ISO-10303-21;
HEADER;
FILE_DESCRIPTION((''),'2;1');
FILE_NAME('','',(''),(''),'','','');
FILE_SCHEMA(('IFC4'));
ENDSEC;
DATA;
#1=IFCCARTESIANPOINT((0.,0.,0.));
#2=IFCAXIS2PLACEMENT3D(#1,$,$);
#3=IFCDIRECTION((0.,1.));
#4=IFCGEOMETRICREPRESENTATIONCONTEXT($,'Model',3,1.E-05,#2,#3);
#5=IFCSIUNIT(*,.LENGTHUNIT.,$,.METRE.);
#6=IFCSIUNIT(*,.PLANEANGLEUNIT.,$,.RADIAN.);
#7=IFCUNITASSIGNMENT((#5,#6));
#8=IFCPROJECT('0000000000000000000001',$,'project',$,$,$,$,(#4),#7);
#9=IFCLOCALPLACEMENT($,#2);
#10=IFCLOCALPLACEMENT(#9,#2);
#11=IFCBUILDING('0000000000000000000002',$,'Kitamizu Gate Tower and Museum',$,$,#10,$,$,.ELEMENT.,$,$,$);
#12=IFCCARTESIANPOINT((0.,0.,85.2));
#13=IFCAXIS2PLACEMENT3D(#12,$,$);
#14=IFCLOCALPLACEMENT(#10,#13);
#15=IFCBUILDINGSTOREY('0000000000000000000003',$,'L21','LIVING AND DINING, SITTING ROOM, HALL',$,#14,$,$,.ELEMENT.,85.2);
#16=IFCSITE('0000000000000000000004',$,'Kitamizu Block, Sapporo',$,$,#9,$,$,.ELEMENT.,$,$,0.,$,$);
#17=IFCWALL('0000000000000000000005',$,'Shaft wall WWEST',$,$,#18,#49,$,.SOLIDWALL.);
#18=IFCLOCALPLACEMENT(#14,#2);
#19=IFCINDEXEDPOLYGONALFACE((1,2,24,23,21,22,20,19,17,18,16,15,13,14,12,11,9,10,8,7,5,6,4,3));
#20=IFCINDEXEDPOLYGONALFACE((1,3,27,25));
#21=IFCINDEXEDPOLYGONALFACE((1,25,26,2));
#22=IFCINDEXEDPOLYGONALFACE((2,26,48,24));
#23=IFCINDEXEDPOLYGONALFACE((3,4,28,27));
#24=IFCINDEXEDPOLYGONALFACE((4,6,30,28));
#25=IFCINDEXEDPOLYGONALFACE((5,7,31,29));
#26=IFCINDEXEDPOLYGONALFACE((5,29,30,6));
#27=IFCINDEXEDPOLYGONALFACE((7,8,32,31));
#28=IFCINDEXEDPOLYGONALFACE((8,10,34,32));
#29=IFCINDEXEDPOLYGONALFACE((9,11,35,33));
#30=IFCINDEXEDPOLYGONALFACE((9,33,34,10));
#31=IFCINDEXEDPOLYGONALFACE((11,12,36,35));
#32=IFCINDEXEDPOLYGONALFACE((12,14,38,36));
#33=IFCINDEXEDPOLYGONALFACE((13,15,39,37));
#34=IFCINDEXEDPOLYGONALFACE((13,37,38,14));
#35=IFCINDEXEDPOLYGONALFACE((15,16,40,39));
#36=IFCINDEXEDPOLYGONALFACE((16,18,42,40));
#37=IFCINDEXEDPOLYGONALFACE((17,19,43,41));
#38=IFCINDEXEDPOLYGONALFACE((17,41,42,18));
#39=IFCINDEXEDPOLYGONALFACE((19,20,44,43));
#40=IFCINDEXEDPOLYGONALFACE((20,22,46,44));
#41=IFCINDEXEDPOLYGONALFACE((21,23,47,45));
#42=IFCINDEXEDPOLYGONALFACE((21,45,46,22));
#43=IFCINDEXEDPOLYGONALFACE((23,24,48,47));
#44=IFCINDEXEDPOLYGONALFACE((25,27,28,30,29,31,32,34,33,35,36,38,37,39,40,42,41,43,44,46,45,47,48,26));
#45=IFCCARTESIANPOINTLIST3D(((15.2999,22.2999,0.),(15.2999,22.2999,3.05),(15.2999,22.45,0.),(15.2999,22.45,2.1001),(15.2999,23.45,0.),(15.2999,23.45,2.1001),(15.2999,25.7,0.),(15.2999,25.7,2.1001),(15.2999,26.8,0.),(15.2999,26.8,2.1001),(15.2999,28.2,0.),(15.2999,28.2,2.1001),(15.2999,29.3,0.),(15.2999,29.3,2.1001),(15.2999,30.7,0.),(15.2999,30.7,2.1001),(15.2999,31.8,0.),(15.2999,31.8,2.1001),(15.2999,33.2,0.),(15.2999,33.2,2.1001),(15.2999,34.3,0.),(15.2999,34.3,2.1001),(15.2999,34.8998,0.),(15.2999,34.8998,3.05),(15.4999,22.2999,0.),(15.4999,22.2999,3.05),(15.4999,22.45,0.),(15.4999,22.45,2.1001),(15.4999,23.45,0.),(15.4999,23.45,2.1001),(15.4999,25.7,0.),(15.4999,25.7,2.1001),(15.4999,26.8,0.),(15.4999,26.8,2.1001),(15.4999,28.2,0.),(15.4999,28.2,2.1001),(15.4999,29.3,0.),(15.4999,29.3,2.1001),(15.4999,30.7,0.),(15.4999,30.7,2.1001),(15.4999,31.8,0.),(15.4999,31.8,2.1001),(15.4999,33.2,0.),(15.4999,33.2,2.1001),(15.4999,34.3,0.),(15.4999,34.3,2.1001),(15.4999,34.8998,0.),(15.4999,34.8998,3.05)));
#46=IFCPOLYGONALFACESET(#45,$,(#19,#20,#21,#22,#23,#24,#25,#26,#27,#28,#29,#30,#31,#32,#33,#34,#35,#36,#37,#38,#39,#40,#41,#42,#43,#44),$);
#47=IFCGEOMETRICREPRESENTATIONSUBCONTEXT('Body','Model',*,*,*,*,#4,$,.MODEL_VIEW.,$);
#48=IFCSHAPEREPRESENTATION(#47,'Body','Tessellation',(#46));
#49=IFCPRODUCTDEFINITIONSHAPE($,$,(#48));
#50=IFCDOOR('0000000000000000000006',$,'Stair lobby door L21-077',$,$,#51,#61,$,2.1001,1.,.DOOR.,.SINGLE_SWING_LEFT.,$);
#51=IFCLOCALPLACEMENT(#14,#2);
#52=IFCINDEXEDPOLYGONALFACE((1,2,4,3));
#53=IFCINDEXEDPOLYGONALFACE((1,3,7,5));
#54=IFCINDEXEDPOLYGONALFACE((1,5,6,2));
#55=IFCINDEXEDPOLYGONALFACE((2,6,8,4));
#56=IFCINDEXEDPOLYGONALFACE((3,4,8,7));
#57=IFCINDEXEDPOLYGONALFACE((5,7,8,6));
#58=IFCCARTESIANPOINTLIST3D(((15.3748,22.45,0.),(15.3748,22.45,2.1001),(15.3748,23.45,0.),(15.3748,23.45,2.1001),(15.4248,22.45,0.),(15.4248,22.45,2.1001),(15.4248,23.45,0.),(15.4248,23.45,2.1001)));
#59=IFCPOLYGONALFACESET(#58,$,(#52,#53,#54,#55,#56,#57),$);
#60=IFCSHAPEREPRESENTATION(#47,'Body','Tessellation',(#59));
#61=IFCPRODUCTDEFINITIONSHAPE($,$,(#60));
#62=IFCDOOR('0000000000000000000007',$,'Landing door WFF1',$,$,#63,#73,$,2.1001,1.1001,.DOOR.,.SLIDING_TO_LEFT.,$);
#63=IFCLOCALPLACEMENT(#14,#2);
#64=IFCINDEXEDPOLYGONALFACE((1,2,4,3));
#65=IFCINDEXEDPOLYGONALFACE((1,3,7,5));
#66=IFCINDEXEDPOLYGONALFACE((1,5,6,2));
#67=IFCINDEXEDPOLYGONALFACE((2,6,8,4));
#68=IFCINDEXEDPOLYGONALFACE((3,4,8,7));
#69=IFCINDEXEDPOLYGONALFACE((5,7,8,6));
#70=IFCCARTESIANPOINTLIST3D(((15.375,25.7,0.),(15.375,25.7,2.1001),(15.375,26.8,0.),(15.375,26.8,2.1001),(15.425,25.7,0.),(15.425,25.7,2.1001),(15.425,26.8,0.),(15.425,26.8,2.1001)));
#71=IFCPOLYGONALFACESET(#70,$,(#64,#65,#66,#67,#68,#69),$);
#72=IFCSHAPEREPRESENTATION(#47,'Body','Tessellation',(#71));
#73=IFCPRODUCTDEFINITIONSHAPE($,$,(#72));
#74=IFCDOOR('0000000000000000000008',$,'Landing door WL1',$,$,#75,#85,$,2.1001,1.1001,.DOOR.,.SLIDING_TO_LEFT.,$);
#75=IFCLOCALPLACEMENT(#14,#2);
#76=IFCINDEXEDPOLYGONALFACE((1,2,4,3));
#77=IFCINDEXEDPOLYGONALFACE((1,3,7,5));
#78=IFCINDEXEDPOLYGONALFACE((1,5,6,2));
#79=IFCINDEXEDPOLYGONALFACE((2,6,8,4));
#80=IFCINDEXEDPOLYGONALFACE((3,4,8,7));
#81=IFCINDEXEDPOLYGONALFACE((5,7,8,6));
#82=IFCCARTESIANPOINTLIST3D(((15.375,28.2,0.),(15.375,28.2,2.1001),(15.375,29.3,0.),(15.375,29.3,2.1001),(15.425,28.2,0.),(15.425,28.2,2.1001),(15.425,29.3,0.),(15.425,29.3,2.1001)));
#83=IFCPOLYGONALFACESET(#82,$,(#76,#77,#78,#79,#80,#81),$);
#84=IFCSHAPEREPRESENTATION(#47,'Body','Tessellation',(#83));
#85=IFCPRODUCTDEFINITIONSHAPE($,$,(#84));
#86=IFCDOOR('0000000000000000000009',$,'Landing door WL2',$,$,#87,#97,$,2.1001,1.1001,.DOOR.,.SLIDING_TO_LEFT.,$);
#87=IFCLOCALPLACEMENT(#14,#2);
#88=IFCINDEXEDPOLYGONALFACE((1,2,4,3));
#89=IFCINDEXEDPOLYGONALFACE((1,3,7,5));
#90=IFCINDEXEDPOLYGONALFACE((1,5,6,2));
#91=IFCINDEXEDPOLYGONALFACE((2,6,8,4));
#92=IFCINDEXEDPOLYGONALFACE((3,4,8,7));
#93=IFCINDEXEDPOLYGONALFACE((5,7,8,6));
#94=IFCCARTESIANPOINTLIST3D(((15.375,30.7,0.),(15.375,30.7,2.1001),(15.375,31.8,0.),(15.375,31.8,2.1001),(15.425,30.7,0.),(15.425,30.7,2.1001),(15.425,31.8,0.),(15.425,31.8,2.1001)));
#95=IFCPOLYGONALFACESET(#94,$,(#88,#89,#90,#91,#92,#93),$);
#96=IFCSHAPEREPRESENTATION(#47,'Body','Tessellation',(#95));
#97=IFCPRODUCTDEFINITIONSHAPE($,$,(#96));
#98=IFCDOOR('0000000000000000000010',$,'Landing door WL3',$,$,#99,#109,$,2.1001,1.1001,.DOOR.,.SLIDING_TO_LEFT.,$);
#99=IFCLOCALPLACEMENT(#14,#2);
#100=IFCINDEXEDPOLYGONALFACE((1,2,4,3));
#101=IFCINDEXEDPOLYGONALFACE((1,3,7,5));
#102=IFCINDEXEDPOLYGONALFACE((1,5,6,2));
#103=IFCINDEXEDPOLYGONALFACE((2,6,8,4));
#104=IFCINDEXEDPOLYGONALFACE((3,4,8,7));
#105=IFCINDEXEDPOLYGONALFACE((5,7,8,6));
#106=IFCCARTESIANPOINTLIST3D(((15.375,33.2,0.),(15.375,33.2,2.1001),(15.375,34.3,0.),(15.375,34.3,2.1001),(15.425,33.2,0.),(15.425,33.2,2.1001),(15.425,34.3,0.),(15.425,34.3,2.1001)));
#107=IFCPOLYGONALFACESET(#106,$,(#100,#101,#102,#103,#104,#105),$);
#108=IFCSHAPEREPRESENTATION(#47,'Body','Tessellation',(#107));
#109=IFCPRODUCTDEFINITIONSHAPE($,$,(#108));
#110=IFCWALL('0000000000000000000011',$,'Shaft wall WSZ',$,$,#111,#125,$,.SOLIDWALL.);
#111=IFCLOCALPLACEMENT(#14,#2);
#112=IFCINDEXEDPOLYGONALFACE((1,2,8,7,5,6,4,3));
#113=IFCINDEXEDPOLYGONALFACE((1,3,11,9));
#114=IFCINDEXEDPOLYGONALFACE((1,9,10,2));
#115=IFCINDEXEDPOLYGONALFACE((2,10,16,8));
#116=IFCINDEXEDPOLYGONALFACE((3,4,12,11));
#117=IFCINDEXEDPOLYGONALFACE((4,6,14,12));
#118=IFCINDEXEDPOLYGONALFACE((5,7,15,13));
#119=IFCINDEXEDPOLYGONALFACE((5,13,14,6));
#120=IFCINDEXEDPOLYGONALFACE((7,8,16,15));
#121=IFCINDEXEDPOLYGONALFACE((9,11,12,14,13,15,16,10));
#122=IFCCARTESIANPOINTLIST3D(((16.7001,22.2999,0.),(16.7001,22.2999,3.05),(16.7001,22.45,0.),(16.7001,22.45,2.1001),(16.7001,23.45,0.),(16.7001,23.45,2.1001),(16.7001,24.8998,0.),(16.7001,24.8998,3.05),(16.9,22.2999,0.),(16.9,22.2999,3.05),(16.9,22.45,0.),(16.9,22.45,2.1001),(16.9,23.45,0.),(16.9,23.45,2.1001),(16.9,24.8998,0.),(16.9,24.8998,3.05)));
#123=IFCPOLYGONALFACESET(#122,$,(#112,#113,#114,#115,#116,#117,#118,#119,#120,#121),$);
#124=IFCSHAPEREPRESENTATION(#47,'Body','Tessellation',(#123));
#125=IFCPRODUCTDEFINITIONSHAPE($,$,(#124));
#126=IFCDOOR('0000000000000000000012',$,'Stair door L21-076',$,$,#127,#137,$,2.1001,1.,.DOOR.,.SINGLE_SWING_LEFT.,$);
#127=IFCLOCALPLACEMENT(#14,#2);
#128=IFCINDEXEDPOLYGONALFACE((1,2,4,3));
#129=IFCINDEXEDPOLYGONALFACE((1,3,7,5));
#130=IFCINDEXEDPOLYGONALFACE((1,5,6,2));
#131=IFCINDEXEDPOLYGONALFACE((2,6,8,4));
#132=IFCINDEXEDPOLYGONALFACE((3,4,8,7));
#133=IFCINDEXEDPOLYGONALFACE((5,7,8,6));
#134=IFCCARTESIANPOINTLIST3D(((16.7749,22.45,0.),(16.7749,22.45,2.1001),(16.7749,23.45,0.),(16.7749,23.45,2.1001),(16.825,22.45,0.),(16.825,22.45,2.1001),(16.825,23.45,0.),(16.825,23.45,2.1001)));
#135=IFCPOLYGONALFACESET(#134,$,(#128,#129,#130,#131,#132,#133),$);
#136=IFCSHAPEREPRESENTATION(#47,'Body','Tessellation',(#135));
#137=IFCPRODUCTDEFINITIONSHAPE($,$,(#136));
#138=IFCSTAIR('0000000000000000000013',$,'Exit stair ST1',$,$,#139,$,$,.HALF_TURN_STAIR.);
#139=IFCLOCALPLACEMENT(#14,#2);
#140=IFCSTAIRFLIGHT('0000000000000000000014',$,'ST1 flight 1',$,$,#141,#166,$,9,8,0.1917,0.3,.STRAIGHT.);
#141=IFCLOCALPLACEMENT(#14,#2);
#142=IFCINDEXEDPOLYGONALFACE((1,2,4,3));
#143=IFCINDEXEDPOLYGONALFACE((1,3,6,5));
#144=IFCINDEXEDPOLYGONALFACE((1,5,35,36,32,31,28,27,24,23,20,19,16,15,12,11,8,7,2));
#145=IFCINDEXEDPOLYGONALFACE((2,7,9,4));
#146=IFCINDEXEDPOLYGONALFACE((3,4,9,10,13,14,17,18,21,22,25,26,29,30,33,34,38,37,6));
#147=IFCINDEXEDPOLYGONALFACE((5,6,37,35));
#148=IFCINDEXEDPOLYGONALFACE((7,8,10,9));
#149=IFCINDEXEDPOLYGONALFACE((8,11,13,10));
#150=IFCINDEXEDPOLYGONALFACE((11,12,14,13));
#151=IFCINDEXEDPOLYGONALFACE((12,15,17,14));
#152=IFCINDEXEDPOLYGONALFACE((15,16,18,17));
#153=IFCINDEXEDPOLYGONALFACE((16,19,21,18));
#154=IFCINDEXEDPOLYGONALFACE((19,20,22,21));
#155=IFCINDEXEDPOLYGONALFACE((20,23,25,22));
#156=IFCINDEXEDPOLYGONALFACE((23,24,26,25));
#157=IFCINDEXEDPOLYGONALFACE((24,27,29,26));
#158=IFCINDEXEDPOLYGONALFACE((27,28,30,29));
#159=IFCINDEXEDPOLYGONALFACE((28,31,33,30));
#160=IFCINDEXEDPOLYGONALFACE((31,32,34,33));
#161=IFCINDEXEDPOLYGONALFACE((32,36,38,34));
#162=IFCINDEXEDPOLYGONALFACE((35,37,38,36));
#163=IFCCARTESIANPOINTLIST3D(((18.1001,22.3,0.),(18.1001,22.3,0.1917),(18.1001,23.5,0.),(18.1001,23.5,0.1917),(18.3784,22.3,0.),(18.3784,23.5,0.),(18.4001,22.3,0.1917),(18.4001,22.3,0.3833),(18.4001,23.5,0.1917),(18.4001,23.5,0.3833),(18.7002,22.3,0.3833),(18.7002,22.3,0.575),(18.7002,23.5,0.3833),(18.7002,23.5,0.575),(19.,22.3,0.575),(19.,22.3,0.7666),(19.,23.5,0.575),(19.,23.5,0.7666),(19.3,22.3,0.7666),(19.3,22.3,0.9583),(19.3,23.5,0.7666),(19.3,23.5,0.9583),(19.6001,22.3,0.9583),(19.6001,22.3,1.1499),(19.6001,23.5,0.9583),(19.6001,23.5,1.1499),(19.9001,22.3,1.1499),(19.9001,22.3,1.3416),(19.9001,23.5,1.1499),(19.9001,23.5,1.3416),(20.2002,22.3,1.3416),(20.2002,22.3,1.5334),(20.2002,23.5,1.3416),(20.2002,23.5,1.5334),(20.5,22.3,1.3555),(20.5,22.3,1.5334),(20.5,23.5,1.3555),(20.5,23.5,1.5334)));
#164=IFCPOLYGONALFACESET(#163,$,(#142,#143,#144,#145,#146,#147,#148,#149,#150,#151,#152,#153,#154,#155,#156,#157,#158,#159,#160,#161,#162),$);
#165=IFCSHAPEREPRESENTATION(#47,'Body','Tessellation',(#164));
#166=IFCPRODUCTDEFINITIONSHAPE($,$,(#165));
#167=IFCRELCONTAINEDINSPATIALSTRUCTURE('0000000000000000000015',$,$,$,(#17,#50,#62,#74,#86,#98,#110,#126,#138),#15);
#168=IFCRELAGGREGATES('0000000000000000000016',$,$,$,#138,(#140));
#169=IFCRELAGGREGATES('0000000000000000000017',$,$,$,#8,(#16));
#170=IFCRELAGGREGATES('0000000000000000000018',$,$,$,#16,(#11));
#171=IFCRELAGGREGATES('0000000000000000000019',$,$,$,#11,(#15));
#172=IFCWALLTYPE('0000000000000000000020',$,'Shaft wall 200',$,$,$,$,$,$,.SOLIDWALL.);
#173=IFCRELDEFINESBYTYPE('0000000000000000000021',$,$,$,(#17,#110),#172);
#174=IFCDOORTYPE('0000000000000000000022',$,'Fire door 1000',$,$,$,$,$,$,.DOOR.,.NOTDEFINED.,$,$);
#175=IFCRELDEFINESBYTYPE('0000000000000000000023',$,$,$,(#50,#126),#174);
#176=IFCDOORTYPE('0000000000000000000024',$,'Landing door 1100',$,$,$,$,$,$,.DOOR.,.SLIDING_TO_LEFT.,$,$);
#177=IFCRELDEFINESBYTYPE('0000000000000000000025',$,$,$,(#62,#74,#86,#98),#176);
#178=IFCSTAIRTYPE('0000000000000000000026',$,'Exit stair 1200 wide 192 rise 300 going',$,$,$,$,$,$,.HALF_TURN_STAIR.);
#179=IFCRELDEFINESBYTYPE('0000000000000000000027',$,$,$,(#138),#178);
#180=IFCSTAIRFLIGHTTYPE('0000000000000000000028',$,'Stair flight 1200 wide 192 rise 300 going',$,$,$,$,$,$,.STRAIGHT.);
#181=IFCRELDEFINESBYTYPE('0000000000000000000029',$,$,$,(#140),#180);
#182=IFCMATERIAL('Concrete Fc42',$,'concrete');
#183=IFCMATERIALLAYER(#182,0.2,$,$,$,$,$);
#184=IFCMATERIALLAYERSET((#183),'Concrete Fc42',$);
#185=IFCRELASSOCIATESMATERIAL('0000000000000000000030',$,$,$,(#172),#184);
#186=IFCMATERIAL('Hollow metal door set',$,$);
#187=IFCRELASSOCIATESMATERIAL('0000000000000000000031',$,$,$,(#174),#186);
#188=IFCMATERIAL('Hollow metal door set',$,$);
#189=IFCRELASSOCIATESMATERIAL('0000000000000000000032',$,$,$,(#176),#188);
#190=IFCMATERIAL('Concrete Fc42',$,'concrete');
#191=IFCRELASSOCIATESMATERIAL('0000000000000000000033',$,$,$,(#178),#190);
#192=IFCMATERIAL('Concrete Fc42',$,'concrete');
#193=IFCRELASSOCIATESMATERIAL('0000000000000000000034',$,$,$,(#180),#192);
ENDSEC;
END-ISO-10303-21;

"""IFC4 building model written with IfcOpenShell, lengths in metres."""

from ifc_helpers import new_model, si_unit, direction, frame, frame_2d, origin, place, context, subcontext, project, spatial, polyline, rectangle, outline, extrude, material, layer, layer_set, type_object, element, fill, aggregate, save


model = new_model("IFC4")

# Units and contexts
model_context = context("Model", 3, precision=1e-05, world=origin(), true_north=direction((0.0, 1.0)))
body_context = subcontext(model_context, "Body", "Model", "MODEL_VIEW")
ifc_project = project(units=[si_unit("LENGTHUNIT", "METRE"), si_unit("PLANEANGLEUNIT", "RADIAN")], contexts=[model_context])

# Site, building, storey
site_placement = place(None, origin())
site = spatial("IfcSite", under=ifc_project, at=site_placement, Name="Kitamizu Block, Sapporo", CompositionType="ELEMENT", RefElevation=0.0)
building_placement = place(site_placement, origin())
building = spatial("IfcBuilding", under=site, at=building_placement, Name="Kitamizu Gate Tower and Museum", CompositionType="ELEMENT")
storey_placement = place(building_placement, frame((0.0, 0.0, 85.2)))
storey = spatial("IfcBuildingStorey", under=building, at=storey_placement, Name="L21", Description="LIVING AND DINING, SITTING ROOM, HALL", CompositionType="ELEMENT", Elevation=85.2)

# Wall, openings, doors
ifc_material_1 = material(Name="Concrete Fc42", Category="concrete")
ifc_layer_1 = layer(ifc_material_1, 0.2)
ifc_layer_set_1 = layer_set([ifc_layer_1], Name="Concrete Fc42")
wall_type_1 = type_object("IfcWallType", Name="Shaft wall 200", PredefinedType="SOLIDWALL", material=ifc_layer_set_1)
wall_1_placement = place(storey_placement, frame((15.3999, 22.3, 0.0), z_axis=(0.0, 0.0, 1.0), x_axis=(0.0, 1.0, 0.0)))
wall_1 = element("IfcWall", 1, at=wall_1_placement, inside=storey, type_object=wall_type_1, Name="Shaft wall WWEST", PredefinedType="SOLIDWALL", context=body_context, shape_type="SweptSolid", body=[
    extrude(rectangle(XDim=12.5999, YDim=0.2, at=frame_2d((6.2998, 0.0))), origin(), (0.0, 0.0, 1.0), 3.05),
])
opening_1_placement = place(wall_1_placement, frame((3.3999, 0.0, 0.0)))
opening_1 = element("IfcOpeningElement", 2, at=opening_1_placement, cuts=wall_1, PredefinedType="OPENING", context=body_context, shape_type="SweptSolid", body=[
    extrude(rectangle(XDim=1.1001, YDim=2.1001, at=frame_2d((0.55, 1.05))), frame((0.0, 0.1099, 0.0), z_axis=(0.0, -1.0, 0.0), x_axis=(1.0, 0.0, 0.0)), (0.0, 0.0, 1.0), 0.22),
])
opening_2_placement = place(wall_1_placement, frame((5.8999, 0.0, 0.0)))
opening_2 = element("IfcOpeningElement", 3, at=opening_2_placement, cuts=wall_1, PredefinedType="OPENING", context=body_context, shape_type="SweptSolid", body=[
    extrude(rectangle(XDim=1.1001, YDim=2.1001, at=frame_2d((0.55, 1.05))), frame((0.0, 0.1099, 0.0), z_axis=(0.0, -1.0, 0.0), x_axis=(1.0, 0.0, 0.0)), (0.0, 0.0, 1.0), 0.22),
])
opening_3_placement = place(wall_1_placement, frame((8.3999, 0.0, 0.0)))
opening_3 = element("IfcOpeningElement", 4, at=opening_3_placement, cuts=wall_1, PredefinedType="OPENING", context=body_context, shape_type="SweptSolid", body=[
    extrude(rectangle(XDim=1.1001, YDim=2.1001, at=frame_2d((0.55, 1.05))), frame((0.0, 0.1099, 0.0), z_axis=(0.0, -1.0, 0.0), x_axis=(1.0, 0.0, 0.0)), (0.0, 0.0, 1.0), 0.22),
])
opening_4_placement = place(wall_1_placement, frame((10.8999, 0.0, 0.0)))
opening_4 = element("IfcOpeningElement", 5, at=opening_4_placement, cuts=wall_1, PredefinedType="OPENING", context=body_context, shape_type="SweptSolid", body=[
    extrude(rectangle(XDim=1.1001, YDim=2.1001, at=frame_2d((0.55, 1.05))), frame((0.0, 0.1099, 0.0), z_axis=(0.0, -1.0, 0.0), x_axis=(1.0, 0.0, 0.0)), (0.0, 0.0, 1.0), 0.22),
])
opening_5_placement = place(wall_1_placement, frame((0.1499, 0.0, 0.0)))
opening_5 = element("IfcOpeningElement", 6, at=opening_5_placement, cuts=wall_1, PredefinedType="OPENING", context=body_context, shape_type="SweptSolid", body=[
    extrude(rectangle(XDim=1.0, YDim=2.1001, at=frame_2d((0.5, 1.05))), frame((0.0, 0.1099, 0.0), z_axis=(0.0, -1.0, 0.0), x_axis=(1.0, 0.0, 0.0)), (0.0, 0.0, 1.0), 0.22),
])
ifc_material_2 = material(Name="Hollow metal door set")
door_type_1 = type_object("IfcDoorType", Name="Fire door 1000", OperationType="NOTDEFINED", PredefinedType="DOOR", material=ifc_material_2)
door_1_placement = place(opening_5_placement, frame((1.0, 0.0, 0.0), x_axis=(-1.0, 0.0, 0.0)))
door_1 = element("IfcDoor", 7, at=door_1_placement, inside=storey, type_object=door_type_1, Name="Stair lobby door L21-077", OperationType="SINGLE_SWING_LEFT", OverallHeight=2.1001, OverallWidth=1.0, PredefinedType="DOOR", context=body_context, shape_type="SweptSolid", body=[
    extrude(rectangle(XDim=1.0, YDim=2.1001, at=frame_2d((0.5, 1.05))), frame((0.0, 0.0249, 0.0), z_axis=(0.0, -1.0, 0.0), x_axis=(1.0, 0.0, 0.0)), (0.0, 0.0, 1.0), 0.05),
])
fill(opening_5, door_1)
ifc_material_3 = material(Name="Hollow metal door set")
door_type_2 = type_object("IfcDoorType", Name="Landing door 1100", OperationType="SLIDING_TO_LEFT", PredefinedType="DOOR", material=ifc_material_3)
door_2_placement = place(opening_1_placement, origin())
door_2 = element("IfcDoor", 8, at=door_2_placement, inside=storey, type_object=door_type_2, Name="Landing door WFF1", OperationType="SLIDING_TO_LEFT", OverallHeight=2.1001, OverallWidth=1.1001, PredefinedType="DOOR", context=body_context, shape_type="SweptSolid", body=[
    extrude(rectangle(XDim=1.1001, YDim=2.1001, at=frame_2d((0.55, 1.05))), frame((0.0, 0.0249, 0.0), z_axis=(0.0, -1.0, 0.0), x_axis=(1.0, 0.0, 0.0)), (0.0, 0.0, 1.0), 0.05),
])
fill(opening_1, door_2)
door_3_placement = place(opening_2_placement, origin())
door_3 = element("IfcDoor", 9, at=door_3_placement, inside=storey, type_object=door_type_2, Name="Landing door WL1", OperationType="SLIDING_TO_LEFT", OverallHeight=2.1001, OverallWidth=1.1001, PredefinedType="DOOR", context=body_context, shape_type="SweptSolid", body=[
    extrude(rectangle(XDim=1.1001, YDim=2.1001, at=frame_2d((0.55, 1.05))), frame((0.0, 0.0249, 0.0), z_axis=(0.0, -1.0, 0.0), x_axis=(1.0, 0.0, 0.0)), (0.0, 0.0, 1.0), 0.05),
])
fill(opening_2, door_3)
door_4_placement = place(opening_3_placement, origin())
door_4 = element("IfcDoor", 10, at=door_4_placement, inside=storey, type_object=door_type_2, Name="Landing door WL2", OperationType="SLIDING_TO_LEFT", OverallHeight=2.1001, OverallWidth=1.1001, PredefinedType="DOOR", context=body_context, shape_type="SweptSolid", body=[
    extrude(rectangle(XDim=1.1001, YDim=2.1001, at=frame_2d((0.55, 1.05))), frame((0.0, 0.0249, 0.0), z_axis=(0.0, -1.0, 0.0), x_axis=(1.0, 0.0, 0.0)), (0.0, 0.0, 1.0), 0.05),
])
fill(opening_3, door_4)
door_5_placement = place(opening_4_placement, origin())
door_5 = element("IfcDoor", 11, at=door_5_placement, inside=storey, type_object=door_type_2, Name="Landing door WL3", OperationType="SLIDING_TO_LEFT", OverallHeight=2.1001, OverallWidth=1.1001, PredefinedType="DOOR", context=body_context, shape_type="SweptSolid", body=[
    extrude(rectangle(XDim=1.1001, YDim=2.1001, at=frame_2d((0.55, 1.05))), frame((0.0, 0.0249, 0.0), z_axis=(0.0, -1.0, 0.0), x_axis=(1.0, 0.0, 0.0)), (0.0, 0.0, 1.0), 0.05),
])
fill(opening_4, door_5)

# Wall, opening, door
wall_2_placement = place(storey_placement, frame((16.8, 22.3, 0.0), z_axis=(0.0, 0.0, 1.0), x_axis=(0.0, 1.0, 0.0)))
wall_2 = element("IfcWall", 12, at=wall_2_placement, inside=storey, type_object=wall_type_1, Name="Shaft wall WSZ", PredefinedType="SOLIDWALL", context=body_context, shape_type="SweptSolid", body=[
    extrude(rectangle(XDim=2.5999, YDim=0.2, at=frame_2d((1.2998, 0.0))), origin(), (0.0, 0.0, 1.0), 3.05),
])
opening_6_placement = place(wall_2_placement, frame((0.1499, 0.0, 0.0)))
opening_6 = element("IfcOpeningElement", 13, at=opening_6_placement, cuts=wall_2, PredefinedType="OPENING", context=body_context, shape_type="SweptSolid", body=[
    extrude(rectangle(XDim=1.0, YDim=2.1001, at=frame_2d((0.5, 1.05))), frame((0.0, 0.1099, 0.0), z_axis=(0.0, -1.0, 0.0), x_axis=(1.0, 0.0, 0.0)), (0.0, 0.0, 1.0), 0.22),
])
door_6_placement = place(opening_6_placement, frame((1.0, 0.0, 0.0), x_axis=(-1.0, 0.0, 0.0)))
door_6 = element("IfcDoor", 14, at=door_6_placement, inside=storey, type_object=door_type_1, Name="Stair door L21-076", OperationType="SINGLE_SWING_LEFT", OverallHeight=2.1001, OverallWidth=1.0, PredefinedType="DOOR", context=body_context, shape_type="SweptSolid", body=[
    extrude(rectangle(XDim=1.0, YDim=2.1001, at=frame_2d((0.5, 1.05))), frame((0.0, 0.0249, 0.0), z_axis=(0.0, -1.0, 0.0), x_axis=(1.0, 0.0, 0.0)), (0.0, 0.0, 1.0), 0.05),
])
fill(opening_6, door_6)

# Stair, stair flight
ifc_material_4 = material(Name="Concrete Fc42", Category="concrete")
stair_type = type_object("IfcStairType", Name="Exit stair 1200 wide 192 rise 300 going", PredefinedType="HALF_TURN_STAIR", material=ifc_material_4)
stair_placement = place(storey_placement, origin())
stair = element("IfcStair", 15, at=stair_placement, inside=storey, type_object=stair_type, Name="Exit stair ST1", PredefinedType="HALF_TURN_STAIR")
ifc_material_5 = material(Name="Concrete Fc42", Category="concrete")
stair_flight_type = type_object("IfcStairFlightType", Name="Stair flight 1200 wide 192 rise 300 going", PredefinedType="STRAIGHT", material=ifc_material_5)
stair_flight_placement = place(storey_placement, frame((18.1001, 22.8999, 0.0), z_axis=(0.0, 0.0, 1.0), x_axis=(1.0, 0.0, 0.0)))
stair_flight = element("IfcStairFlight", 16, at=stair_flight_placement, type_object=stair_flight_type, Name="ST1 flight 1", NumberOfRisers=9, NumberOfTreads=8, PredefinedType="STRAIGHT", RiserHeight=0.1917, TreadLength=0.3, context=body_context, shape_type="SweptSolid", body=[
    extrude(outline(polyline([(0.0, 0.0), (0.0, 0.1917), (0.3, 0.1917), (0.3, 0.3833), (0.6001, 0.3833), (0.6001, 0.575), (0.8999, 0.575), (0.8999, 0.7666), (1.2, 0.7666), (1.2, 0.9583), (1.5, 0.9583), (1.5, 1.1499), (1.8, 1.1499), (1.8, 1.3416), (2.1001, 1.3416), (2.1001, 1.5334), (2.3999, 1.5334), (2.3999, 1.7251), (2.3999, 1.3555), (0.2783, 0.0), (0.0, 0.0)])), frame((0.0, 0.6001, 0.0), z_axis=(0.0, -1.0, 0.0), x_axis=(1.0, 0.0, 0.0)), (0.0, 0.0, 1.0), 1.2),
])
aggregate(stair, [stair_flight])

save(model, "model.ifc")
